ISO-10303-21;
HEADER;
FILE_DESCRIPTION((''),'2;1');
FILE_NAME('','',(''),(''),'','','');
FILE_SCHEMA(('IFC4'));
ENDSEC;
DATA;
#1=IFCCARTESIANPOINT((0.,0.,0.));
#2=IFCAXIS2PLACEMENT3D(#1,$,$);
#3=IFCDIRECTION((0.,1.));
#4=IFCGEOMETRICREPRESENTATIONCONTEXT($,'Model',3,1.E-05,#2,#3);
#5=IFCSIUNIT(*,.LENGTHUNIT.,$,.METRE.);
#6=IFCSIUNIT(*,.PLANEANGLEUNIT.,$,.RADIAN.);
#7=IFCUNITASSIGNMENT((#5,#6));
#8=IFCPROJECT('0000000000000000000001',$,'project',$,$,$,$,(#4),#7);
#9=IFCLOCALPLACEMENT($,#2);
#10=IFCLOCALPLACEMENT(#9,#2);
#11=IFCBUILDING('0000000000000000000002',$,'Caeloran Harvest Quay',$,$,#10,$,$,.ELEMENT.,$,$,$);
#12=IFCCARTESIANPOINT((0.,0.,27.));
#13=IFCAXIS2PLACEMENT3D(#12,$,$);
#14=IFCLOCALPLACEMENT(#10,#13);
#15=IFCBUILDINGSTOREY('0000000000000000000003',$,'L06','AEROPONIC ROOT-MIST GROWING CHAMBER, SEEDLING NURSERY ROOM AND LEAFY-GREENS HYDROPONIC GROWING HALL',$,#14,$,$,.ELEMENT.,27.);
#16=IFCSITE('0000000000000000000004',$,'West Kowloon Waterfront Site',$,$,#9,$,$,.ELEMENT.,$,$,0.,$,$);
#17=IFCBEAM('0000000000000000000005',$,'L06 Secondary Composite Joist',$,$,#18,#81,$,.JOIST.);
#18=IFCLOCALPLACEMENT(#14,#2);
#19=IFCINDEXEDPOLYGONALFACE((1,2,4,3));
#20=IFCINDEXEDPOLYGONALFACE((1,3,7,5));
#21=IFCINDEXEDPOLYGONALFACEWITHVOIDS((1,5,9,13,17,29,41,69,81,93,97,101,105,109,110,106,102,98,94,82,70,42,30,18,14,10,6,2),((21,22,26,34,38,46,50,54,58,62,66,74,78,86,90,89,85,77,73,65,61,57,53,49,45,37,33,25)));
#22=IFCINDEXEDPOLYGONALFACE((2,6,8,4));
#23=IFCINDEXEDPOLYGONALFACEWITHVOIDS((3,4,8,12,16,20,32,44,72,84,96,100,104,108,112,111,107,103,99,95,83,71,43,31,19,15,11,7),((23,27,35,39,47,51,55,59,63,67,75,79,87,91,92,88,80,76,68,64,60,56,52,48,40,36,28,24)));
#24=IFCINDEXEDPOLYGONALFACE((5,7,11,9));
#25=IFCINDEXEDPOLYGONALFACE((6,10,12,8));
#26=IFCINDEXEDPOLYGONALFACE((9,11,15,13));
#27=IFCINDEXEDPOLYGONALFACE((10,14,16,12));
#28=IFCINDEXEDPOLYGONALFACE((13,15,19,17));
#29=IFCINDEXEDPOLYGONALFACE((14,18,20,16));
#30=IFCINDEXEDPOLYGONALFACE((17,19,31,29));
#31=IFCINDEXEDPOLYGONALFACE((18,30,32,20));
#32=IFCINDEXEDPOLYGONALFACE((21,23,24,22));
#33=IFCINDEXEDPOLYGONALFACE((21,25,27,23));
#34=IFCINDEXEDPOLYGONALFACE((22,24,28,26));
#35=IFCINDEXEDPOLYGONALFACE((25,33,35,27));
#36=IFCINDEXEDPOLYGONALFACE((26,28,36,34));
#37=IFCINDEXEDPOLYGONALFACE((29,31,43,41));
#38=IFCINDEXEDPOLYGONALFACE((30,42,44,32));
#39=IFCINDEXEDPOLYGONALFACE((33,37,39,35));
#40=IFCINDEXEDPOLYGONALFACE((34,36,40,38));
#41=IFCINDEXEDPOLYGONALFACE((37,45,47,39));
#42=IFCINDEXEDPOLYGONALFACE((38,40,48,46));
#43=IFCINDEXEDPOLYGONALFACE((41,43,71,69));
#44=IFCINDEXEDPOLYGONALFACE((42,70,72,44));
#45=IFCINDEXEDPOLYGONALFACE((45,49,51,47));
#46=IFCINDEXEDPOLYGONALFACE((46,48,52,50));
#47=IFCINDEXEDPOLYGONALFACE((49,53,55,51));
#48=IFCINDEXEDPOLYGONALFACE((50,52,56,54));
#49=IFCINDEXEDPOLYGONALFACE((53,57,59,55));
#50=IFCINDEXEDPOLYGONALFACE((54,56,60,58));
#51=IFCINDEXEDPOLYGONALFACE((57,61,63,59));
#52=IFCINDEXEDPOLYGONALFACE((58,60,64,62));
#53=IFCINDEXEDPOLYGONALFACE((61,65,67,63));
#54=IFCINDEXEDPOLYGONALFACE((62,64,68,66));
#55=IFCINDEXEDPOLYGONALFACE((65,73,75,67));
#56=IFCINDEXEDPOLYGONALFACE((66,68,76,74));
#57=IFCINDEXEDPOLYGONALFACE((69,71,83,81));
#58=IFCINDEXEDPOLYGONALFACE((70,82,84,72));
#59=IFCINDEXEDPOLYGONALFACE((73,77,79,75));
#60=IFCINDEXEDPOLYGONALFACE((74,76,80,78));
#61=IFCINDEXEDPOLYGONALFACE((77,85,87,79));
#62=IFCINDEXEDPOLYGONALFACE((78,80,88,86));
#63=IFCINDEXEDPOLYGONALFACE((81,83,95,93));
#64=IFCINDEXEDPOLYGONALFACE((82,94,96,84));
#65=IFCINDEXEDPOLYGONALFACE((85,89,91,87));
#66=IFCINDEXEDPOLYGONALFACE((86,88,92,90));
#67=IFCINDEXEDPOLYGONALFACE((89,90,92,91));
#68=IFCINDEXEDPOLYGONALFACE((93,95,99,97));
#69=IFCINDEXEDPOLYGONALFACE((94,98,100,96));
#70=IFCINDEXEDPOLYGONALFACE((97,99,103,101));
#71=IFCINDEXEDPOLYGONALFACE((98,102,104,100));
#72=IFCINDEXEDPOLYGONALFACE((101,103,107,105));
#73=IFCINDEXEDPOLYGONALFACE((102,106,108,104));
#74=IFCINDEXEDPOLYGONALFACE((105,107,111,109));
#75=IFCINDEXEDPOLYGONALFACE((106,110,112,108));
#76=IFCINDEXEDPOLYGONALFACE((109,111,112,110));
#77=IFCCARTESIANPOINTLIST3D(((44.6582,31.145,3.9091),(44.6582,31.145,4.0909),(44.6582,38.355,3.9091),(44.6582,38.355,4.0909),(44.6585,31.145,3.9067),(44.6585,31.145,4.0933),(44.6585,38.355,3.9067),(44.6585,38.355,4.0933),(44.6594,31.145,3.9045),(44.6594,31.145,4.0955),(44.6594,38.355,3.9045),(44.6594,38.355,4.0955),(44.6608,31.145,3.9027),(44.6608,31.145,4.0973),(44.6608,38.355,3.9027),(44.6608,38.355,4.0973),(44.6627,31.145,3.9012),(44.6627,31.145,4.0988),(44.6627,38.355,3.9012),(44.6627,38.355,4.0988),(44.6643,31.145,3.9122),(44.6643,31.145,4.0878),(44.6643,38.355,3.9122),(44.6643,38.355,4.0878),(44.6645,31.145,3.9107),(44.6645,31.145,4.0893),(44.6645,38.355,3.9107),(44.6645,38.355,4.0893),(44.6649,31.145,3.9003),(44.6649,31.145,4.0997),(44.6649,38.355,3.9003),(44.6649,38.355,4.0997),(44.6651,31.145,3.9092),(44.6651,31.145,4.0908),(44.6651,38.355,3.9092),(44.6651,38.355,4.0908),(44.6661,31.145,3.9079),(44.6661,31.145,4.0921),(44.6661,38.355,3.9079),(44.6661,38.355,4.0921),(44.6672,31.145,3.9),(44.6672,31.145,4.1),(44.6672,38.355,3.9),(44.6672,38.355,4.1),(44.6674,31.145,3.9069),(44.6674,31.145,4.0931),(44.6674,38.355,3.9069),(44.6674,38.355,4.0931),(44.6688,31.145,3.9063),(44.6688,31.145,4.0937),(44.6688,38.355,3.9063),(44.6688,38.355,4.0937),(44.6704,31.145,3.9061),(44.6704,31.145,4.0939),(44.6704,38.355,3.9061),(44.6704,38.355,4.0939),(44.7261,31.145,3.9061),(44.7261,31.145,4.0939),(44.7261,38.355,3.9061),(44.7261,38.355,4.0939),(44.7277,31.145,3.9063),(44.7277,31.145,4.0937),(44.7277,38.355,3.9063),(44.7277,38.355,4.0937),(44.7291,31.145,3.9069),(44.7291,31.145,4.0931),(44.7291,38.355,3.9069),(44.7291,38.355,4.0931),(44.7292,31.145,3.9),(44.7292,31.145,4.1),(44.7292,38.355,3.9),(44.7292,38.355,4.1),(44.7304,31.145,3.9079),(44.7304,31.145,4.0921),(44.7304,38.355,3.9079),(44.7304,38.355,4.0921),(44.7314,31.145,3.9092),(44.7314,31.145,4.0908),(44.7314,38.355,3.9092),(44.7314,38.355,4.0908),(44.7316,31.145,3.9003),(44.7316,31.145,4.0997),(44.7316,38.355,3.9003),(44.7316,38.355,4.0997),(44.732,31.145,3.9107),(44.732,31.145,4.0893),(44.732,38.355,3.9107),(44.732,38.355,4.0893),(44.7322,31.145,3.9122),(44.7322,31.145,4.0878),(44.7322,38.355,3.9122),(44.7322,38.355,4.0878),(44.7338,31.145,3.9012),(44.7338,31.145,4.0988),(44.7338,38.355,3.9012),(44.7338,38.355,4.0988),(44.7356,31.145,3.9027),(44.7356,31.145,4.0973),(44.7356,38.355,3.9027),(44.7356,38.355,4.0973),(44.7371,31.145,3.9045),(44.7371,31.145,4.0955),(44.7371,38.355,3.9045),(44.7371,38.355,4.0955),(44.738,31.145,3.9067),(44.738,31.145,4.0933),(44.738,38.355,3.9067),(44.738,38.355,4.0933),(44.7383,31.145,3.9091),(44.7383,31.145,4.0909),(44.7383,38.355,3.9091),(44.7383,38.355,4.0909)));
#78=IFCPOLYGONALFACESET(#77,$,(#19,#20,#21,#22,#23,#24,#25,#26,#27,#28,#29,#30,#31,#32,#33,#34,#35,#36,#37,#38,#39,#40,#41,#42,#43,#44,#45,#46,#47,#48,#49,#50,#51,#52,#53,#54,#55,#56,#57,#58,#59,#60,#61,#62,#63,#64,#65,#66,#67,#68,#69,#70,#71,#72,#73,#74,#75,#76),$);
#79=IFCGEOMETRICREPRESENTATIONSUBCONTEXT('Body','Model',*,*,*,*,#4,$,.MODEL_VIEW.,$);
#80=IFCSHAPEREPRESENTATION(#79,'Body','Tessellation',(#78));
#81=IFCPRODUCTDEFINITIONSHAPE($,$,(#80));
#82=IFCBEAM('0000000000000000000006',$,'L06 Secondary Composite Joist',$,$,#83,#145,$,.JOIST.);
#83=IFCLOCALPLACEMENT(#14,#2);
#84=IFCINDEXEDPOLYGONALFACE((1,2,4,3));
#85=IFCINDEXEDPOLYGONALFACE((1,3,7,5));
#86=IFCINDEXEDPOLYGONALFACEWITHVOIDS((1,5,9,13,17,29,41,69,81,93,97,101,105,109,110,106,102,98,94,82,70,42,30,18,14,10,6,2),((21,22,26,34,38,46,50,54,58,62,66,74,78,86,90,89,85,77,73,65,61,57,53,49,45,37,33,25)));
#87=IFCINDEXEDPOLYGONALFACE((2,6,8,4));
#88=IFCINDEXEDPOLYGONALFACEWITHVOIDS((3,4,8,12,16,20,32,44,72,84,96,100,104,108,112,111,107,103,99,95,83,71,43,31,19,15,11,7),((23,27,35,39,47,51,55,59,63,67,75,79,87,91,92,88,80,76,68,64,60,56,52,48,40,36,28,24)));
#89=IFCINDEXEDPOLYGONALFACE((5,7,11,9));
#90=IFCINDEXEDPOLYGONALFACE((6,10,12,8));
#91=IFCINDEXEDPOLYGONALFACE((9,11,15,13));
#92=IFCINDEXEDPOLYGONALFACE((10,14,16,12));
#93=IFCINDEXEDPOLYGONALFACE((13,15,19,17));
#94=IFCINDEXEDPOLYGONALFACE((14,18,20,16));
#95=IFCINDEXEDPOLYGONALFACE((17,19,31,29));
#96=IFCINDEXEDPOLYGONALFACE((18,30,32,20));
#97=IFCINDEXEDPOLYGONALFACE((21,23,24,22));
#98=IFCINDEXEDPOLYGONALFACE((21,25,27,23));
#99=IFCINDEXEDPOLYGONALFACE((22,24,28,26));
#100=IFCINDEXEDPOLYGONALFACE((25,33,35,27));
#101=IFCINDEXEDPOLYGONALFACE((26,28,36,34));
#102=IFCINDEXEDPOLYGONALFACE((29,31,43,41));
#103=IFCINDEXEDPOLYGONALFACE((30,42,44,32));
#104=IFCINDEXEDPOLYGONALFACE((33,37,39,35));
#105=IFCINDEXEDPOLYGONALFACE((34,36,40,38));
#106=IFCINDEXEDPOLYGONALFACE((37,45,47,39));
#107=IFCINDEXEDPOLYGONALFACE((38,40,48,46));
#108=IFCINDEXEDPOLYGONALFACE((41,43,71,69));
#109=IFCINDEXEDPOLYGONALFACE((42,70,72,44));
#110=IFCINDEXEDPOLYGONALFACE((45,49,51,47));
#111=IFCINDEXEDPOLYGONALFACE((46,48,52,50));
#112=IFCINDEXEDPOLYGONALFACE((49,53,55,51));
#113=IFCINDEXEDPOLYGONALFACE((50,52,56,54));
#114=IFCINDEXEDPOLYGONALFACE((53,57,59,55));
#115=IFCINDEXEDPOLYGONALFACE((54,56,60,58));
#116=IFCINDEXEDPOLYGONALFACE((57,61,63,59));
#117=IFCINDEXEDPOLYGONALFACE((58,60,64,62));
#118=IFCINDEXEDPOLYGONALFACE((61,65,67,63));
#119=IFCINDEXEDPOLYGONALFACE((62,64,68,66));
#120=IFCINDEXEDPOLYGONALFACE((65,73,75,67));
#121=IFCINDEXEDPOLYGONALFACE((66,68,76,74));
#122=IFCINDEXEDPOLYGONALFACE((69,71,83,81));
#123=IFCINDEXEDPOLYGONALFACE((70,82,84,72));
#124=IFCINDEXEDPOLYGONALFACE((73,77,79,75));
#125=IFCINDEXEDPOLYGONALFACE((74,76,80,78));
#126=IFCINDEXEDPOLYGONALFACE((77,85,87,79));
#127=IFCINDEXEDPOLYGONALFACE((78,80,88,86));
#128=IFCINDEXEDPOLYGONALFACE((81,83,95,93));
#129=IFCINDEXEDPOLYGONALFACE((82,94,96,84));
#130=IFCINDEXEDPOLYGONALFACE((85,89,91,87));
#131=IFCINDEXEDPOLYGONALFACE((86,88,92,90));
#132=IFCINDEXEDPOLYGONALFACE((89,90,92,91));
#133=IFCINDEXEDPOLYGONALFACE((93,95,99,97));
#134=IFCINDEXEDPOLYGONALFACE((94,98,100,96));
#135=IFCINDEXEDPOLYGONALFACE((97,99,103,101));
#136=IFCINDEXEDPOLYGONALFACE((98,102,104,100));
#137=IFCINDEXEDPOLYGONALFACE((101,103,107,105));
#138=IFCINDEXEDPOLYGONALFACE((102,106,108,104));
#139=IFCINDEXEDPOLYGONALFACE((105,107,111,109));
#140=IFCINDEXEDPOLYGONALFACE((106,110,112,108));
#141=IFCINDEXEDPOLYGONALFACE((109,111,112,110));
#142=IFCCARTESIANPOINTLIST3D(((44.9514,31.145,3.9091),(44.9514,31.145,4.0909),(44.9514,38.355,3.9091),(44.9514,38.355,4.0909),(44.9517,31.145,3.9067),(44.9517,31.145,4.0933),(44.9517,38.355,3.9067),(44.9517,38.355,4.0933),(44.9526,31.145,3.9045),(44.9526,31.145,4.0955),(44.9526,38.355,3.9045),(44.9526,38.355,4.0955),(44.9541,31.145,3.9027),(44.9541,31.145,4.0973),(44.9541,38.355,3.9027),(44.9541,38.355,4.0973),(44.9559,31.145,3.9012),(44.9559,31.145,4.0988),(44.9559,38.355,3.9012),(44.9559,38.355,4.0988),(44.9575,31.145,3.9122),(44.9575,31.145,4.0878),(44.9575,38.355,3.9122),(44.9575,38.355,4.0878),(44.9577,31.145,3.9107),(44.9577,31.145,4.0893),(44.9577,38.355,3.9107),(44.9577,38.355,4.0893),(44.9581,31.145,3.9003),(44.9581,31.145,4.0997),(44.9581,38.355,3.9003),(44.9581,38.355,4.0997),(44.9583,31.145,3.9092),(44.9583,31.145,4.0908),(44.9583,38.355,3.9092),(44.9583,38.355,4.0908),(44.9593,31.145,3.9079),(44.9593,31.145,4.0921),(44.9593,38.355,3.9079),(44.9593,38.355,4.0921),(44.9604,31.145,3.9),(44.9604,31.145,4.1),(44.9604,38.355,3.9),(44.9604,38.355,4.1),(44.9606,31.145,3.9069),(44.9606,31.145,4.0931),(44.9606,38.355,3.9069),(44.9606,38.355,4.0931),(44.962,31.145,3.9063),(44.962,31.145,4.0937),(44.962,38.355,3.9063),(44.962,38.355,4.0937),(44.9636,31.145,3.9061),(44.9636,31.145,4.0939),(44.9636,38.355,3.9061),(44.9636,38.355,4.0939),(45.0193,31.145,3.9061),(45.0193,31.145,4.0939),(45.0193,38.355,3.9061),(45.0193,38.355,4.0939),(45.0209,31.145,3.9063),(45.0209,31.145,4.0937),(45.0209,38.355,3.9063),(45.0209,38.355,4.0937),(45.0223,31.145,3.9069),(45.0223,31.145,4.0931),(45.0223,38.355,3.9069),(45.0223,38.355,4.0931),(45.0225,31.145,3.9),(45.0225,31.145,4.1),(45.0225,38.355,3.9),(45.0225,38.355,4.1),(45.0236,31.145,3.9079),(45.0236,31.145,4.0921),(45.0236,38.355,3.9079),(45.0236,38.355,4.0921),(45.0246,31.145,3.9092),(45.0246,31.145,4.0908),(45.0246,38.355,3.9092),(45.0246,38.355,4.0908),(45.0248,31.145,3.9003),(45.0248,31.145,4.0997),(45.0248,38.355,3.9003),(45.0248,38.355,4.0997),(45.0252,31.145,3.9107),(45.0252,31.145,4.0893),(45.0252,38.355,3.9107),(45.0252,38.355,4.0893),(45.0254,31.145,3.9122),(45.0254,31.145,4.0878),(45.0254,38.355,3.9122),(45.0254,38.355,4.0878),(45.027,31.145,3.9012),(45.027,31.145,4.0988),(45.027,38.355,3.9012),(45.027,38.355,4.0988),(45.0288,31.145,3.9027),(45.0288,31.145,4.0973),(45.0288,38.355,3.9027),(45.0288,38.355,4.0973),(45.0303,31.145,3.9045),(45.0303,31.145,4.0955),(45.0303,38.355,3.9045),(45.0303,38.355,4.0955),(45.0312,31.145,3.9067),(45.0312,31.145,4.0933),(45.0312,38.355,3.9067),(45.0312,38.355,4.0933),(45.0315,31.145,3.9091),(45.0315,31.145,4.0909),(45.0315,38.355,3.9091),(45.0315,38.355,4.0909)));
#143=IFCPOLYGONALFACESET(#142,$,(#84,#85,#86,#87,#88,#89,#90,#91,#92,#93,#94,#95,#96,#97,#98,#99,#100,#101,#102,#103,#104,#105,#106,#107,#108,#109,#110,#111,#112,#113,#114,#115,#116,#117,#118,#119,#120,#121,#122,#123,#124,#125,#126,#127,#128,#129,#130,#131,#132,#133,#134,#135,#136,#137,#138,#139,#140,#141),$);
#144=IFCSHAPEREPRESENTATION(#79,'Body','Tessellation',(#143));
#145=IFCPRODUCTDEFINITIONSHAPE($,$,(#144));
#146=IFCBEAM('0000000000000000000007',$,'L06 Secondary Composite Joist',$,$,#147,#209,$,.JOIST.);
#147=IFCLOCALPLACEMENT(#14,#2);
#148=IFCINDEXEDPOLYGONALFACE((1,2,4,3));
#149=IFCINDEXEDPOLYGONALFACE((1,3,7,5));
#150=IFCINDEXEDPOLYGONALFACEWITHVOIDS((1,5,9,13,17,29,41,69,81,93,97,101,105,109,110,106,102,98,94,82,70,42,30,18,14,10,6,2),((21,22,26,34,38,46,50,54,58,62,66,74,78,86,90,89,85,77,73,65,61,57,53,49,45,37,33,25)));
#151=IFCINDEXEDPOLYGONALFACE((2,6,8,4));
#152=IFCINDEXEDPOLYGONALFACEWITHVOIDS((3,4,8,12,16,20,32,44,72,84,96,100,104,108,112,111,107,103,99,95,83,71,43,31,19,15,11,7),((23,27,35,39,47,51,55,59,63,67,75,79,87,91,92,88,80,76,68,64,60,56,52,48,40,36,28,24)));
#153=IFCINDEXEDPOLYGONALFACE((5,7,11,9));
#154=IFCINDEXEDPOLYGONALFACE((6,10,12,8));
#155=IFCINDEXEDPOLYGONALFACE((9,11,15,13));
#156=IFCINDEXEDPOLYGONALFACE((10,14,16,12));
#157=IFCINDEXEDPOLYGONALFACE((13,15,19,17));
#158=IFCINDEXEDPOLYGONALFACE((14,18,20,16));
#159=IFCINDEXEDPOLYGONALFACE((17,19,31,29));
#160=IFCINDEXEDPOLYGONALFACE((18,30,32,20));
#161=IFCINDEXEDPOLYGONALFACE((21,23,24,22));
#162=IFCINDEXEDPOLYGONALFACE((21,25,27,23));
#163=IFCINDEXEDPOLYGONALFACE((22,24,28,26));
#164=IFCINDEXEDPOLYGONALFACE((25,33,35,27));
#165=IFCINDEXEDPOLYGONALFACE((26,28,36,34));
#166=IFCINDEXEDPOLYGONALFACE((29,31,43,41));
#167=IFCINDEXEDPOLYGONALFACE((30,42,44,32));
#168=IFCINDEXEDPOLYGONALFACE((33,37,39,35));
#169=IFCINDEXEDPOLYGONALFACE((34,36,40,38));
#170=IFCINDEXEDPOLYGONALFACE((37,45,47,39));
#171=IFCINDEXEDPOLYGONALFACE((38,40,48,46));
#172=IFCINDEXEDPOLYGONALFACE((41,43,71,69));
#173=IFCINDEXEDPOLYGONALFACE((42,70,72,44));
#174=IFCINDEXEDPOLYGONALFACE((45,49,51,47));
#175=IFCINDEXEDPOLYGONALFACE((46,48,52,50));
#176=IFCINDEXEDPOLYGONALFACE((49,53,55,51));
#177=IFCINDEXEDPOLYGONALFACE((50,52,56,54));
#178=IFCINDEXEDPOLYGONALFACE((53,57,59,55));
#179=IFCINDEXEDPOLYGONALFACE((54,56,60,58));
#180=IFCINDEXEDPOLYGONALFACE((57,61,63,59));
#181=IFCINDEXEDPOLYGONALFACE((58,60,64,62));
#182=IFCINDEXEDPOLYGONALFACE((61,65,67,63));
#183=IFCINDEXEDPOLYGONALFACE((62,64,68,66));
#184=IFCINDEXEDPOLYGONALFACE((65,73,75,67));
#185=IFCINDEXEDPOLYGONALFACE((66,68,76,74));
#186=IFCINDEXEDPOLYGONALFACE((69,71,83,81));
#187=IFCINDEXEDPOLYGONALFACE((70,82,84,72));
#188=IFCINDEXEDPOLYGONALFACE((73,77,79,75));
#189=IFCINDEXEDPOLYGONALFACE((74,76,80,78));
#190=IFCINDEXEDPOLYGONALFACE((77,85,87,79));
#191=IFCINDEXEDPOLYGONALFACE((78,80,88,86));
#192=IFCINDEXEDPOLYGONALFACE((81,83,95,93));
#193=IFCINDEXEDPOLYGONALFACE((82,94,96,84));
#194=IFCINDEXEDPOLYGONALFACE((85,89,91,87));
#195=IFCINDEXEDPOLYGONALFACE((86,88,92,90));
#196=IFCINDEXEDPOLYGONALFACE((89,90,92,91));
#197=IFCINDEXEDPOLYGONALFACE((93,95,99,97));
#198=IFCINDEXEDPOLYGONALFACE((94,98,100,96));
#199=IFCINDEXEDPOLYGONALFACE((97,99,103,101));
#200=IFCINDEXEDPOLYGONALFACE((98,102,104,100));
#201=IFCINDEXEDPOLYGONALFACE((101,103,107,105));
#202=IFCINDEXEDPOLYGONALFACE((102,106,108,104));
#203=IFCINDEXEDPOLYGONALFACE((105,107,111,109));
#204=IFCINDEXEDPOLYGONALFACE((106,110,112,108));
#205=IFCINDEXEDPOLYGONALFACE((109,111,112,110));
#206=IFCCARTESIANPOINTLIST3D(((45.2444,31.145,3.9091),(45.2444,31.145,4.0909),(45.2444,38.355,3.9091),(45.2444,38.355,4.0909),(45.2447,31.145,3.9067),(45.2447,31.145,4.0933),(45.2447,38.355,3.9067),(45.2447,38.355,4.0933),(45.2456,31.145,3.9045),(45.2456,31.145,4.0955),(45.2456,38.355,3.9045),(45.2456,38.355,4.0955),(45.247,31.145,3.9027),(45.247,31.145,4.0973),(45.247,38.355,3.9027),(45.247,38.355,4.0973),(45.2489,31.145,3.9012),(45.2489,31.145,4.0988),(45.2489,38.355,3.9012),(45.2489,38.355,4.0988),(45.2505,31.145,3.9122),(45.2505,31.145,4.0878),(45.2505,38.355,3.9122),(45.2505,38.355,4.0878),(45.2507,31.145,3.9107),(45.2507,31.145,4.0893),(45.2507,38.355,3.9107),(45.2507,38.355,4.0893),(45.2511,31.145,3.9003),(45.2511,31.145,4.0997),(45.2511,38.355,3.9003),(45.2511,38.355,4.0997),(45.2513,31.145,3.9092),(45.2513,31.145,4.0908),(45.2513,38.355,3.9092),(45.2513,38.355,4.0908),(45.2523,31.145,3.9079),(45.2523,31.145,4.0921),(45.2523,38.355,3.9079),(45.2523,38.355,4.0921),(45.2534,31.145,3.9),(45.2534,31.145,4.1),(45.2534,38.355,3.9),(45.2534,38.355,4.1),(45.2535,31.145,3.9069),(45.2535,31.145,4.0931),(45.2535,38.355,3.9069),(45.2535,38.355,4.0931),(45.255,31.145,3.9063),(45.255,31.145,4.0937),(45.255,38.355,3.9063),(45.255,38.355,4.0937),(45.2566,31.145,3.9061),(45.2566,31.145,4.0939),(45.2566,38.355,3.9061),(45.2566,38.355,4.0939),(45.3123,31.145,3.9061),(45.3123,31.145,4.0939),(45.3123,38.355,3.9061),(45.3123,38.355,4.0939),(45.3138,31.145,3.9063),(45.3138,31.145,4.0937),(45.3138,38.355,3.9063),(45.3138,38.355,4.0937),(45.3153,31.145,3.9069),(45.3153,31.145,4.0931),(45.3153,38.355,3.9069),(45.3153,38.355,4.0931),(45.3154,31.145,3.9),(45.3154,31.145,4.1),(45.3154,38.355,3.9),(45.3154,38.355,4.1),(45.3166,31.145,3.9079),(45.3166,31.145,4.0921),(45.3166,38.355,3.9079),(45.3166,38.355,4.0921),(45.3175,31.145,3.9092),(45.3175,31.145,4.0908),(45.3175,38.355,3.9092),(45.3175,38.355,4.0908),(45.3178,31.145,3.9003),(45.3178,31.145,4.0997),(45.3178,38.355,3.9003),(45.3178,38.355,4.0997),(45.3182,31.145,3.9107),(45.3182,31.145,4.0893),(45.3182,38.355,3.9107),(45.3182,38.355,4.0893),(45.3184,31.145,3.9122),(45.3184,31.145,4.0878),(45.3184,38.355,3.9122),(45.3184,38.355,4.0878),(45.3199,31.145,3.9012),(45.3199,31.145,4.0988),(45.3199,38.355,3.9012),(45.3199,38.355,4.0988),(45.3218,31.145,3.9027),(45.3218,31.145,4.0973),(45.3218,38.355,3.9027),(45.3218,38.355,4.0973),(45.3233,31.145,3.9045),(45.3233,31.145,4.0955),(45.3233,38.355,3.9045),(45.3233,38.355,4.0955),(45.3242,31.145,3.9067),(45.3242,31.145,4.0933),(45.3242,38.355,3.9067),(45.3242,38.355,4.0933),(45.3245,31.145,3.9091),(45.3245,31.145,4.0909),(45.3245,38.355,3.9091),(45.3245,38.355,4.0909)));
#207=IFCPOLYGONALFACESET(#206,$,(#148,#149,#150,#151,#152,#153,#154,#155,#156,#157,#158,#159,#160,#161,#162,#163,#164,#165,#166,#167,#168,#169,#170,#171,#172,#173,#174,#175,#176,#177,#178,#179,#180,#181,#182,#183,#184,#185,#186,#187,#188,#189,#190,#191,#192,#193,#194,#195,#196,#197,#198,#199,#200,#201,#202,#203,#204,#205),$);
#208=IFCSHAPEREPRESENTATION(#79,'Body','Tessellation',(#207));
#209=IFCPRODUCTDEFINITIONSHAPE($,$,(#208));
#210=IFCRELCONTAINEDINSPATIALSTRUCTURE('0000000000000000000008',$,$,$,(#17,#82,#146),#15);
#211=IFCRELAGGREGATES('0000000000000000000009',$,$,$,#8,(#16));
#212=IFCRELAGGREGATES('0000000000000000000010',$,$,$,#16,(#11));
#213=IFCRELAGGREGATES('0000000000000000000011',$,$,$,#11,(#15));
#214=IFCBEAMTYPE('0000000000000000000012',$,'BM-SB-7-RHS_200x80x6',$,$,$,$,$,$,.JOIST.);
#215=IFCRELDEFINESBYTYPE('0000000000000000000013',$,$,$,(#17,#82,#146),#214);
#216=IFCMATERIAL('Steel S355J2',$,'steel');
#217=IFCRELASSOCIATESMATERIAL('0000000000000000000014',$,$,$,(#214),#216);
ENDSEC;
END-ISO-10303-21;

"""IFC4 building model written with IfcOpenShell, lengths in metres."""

from ifc_helpers import new_model, si_unit, direction, frame, origin, origin_2d, place, context, subcontext, project, spatial, hollow_rectangle, extrude, material, material_profile, profile_set, type_object, element, save


model = new_model("IFC4")

# Units and contexts
model_context = context("Model", 3, precision=1e-05, world=origin(), true_north=direction((0.0, 1.0)))
body_context = subcontext(model_context, "Body", "Model", "MODEL_VIEW")
ifc_project = project(units=[si_unit("LENGTHUNIT", "METRE"), si_unit("PLANEANGLEUNIT", "RADIAN")], contexts=[model_context])

# Site, building, storey
site_placement = place(None, origin())
site = spatial("IfcSite", under=ifc_project, at=site_placement, Name="West Kowloon Waterfront Site", CompositionType="ELEMENT", RefElevation=0.0)
building_placement = place(site_placement, origin())
building = spatial("IfcBuilding", under=site, at=building_placement, Name="Caeloran Harvest Quay", CompositionType="ELEMENT")
storey_placement = place(building_placement, frame((0.0, 0.0, 27.0)))
storey = spatial("IfcBuildingStorey", under=building, at=storey_placement, Name="L06", Description="AEROPONIC ROOT-MIST GROWING CHAMBER, SEEDLING NURSERY ROOM AND LEAFY-GREENS HYDROPONIC GROWING HALL", CompositionType="ELEMENT", Elevation=27.0)

# Beams
ifc_material_1 = material(Name="Steel S355J2", Category="steel")
ifc_material_profile_1 = material_profile(ifc_material_1, hollow_rectangle(XDim=0.0801, YDim=0.2, WallThickness=0.0061, InnerFilletRadius=0.0061, OuterFilletRadius=0.009, at=origin_2d()), Name="RHS 200x80x6")
ifc_profile_set_1 = profile_set([ifc_material_profile_1], Name="Steel S355J2")
beam_type_1 = type_object("IfcBeamType", Name="BM-SB-7-RHS_200x80x6", PredefinedType="JOIST", material=ifc_profile_set_1)
for number, where, z_axis, x_axis, name in (
    (1, (44.6982, 31.145, 4.0), (0.0, 1.0, 0.0), (-1.0, 0.0, 0.0), "L06 Secondary Composite Joist"),
    (2, (44.9915, 31.145, 4.0), (0.0, 1.0, 0.0), (-1.0, 0.0, 0.0), "L06 Secondary Composite Joist"),
    (3, (45.2844, 31.145, 4.0), (0.0, 1.0, 0.0), (-1.0, 0.0, 0.0), "L06 Secondary Composite Joist"),
):
    element("IfcBeam", number, at=place(storey_placement, frame(where, z_axis=z_axis, x_axis=x_axis)), inside=storey, type_object=beam_type_1, Name=name, PredefinedType="JOIST", context=body_context, shape_type="SweptSolid", body=[
        extrude(hollow_rectangle(XDim=0.0801, YDim=0.2, WallThickness=0.0061, InnerFilletRadius=0.0061, OuterFilletRadius=0.009, at=origin_2d()), origin(), (0.0, 0.0, 1.0), 7.21),
    ])

save(model, "model.ifc")
